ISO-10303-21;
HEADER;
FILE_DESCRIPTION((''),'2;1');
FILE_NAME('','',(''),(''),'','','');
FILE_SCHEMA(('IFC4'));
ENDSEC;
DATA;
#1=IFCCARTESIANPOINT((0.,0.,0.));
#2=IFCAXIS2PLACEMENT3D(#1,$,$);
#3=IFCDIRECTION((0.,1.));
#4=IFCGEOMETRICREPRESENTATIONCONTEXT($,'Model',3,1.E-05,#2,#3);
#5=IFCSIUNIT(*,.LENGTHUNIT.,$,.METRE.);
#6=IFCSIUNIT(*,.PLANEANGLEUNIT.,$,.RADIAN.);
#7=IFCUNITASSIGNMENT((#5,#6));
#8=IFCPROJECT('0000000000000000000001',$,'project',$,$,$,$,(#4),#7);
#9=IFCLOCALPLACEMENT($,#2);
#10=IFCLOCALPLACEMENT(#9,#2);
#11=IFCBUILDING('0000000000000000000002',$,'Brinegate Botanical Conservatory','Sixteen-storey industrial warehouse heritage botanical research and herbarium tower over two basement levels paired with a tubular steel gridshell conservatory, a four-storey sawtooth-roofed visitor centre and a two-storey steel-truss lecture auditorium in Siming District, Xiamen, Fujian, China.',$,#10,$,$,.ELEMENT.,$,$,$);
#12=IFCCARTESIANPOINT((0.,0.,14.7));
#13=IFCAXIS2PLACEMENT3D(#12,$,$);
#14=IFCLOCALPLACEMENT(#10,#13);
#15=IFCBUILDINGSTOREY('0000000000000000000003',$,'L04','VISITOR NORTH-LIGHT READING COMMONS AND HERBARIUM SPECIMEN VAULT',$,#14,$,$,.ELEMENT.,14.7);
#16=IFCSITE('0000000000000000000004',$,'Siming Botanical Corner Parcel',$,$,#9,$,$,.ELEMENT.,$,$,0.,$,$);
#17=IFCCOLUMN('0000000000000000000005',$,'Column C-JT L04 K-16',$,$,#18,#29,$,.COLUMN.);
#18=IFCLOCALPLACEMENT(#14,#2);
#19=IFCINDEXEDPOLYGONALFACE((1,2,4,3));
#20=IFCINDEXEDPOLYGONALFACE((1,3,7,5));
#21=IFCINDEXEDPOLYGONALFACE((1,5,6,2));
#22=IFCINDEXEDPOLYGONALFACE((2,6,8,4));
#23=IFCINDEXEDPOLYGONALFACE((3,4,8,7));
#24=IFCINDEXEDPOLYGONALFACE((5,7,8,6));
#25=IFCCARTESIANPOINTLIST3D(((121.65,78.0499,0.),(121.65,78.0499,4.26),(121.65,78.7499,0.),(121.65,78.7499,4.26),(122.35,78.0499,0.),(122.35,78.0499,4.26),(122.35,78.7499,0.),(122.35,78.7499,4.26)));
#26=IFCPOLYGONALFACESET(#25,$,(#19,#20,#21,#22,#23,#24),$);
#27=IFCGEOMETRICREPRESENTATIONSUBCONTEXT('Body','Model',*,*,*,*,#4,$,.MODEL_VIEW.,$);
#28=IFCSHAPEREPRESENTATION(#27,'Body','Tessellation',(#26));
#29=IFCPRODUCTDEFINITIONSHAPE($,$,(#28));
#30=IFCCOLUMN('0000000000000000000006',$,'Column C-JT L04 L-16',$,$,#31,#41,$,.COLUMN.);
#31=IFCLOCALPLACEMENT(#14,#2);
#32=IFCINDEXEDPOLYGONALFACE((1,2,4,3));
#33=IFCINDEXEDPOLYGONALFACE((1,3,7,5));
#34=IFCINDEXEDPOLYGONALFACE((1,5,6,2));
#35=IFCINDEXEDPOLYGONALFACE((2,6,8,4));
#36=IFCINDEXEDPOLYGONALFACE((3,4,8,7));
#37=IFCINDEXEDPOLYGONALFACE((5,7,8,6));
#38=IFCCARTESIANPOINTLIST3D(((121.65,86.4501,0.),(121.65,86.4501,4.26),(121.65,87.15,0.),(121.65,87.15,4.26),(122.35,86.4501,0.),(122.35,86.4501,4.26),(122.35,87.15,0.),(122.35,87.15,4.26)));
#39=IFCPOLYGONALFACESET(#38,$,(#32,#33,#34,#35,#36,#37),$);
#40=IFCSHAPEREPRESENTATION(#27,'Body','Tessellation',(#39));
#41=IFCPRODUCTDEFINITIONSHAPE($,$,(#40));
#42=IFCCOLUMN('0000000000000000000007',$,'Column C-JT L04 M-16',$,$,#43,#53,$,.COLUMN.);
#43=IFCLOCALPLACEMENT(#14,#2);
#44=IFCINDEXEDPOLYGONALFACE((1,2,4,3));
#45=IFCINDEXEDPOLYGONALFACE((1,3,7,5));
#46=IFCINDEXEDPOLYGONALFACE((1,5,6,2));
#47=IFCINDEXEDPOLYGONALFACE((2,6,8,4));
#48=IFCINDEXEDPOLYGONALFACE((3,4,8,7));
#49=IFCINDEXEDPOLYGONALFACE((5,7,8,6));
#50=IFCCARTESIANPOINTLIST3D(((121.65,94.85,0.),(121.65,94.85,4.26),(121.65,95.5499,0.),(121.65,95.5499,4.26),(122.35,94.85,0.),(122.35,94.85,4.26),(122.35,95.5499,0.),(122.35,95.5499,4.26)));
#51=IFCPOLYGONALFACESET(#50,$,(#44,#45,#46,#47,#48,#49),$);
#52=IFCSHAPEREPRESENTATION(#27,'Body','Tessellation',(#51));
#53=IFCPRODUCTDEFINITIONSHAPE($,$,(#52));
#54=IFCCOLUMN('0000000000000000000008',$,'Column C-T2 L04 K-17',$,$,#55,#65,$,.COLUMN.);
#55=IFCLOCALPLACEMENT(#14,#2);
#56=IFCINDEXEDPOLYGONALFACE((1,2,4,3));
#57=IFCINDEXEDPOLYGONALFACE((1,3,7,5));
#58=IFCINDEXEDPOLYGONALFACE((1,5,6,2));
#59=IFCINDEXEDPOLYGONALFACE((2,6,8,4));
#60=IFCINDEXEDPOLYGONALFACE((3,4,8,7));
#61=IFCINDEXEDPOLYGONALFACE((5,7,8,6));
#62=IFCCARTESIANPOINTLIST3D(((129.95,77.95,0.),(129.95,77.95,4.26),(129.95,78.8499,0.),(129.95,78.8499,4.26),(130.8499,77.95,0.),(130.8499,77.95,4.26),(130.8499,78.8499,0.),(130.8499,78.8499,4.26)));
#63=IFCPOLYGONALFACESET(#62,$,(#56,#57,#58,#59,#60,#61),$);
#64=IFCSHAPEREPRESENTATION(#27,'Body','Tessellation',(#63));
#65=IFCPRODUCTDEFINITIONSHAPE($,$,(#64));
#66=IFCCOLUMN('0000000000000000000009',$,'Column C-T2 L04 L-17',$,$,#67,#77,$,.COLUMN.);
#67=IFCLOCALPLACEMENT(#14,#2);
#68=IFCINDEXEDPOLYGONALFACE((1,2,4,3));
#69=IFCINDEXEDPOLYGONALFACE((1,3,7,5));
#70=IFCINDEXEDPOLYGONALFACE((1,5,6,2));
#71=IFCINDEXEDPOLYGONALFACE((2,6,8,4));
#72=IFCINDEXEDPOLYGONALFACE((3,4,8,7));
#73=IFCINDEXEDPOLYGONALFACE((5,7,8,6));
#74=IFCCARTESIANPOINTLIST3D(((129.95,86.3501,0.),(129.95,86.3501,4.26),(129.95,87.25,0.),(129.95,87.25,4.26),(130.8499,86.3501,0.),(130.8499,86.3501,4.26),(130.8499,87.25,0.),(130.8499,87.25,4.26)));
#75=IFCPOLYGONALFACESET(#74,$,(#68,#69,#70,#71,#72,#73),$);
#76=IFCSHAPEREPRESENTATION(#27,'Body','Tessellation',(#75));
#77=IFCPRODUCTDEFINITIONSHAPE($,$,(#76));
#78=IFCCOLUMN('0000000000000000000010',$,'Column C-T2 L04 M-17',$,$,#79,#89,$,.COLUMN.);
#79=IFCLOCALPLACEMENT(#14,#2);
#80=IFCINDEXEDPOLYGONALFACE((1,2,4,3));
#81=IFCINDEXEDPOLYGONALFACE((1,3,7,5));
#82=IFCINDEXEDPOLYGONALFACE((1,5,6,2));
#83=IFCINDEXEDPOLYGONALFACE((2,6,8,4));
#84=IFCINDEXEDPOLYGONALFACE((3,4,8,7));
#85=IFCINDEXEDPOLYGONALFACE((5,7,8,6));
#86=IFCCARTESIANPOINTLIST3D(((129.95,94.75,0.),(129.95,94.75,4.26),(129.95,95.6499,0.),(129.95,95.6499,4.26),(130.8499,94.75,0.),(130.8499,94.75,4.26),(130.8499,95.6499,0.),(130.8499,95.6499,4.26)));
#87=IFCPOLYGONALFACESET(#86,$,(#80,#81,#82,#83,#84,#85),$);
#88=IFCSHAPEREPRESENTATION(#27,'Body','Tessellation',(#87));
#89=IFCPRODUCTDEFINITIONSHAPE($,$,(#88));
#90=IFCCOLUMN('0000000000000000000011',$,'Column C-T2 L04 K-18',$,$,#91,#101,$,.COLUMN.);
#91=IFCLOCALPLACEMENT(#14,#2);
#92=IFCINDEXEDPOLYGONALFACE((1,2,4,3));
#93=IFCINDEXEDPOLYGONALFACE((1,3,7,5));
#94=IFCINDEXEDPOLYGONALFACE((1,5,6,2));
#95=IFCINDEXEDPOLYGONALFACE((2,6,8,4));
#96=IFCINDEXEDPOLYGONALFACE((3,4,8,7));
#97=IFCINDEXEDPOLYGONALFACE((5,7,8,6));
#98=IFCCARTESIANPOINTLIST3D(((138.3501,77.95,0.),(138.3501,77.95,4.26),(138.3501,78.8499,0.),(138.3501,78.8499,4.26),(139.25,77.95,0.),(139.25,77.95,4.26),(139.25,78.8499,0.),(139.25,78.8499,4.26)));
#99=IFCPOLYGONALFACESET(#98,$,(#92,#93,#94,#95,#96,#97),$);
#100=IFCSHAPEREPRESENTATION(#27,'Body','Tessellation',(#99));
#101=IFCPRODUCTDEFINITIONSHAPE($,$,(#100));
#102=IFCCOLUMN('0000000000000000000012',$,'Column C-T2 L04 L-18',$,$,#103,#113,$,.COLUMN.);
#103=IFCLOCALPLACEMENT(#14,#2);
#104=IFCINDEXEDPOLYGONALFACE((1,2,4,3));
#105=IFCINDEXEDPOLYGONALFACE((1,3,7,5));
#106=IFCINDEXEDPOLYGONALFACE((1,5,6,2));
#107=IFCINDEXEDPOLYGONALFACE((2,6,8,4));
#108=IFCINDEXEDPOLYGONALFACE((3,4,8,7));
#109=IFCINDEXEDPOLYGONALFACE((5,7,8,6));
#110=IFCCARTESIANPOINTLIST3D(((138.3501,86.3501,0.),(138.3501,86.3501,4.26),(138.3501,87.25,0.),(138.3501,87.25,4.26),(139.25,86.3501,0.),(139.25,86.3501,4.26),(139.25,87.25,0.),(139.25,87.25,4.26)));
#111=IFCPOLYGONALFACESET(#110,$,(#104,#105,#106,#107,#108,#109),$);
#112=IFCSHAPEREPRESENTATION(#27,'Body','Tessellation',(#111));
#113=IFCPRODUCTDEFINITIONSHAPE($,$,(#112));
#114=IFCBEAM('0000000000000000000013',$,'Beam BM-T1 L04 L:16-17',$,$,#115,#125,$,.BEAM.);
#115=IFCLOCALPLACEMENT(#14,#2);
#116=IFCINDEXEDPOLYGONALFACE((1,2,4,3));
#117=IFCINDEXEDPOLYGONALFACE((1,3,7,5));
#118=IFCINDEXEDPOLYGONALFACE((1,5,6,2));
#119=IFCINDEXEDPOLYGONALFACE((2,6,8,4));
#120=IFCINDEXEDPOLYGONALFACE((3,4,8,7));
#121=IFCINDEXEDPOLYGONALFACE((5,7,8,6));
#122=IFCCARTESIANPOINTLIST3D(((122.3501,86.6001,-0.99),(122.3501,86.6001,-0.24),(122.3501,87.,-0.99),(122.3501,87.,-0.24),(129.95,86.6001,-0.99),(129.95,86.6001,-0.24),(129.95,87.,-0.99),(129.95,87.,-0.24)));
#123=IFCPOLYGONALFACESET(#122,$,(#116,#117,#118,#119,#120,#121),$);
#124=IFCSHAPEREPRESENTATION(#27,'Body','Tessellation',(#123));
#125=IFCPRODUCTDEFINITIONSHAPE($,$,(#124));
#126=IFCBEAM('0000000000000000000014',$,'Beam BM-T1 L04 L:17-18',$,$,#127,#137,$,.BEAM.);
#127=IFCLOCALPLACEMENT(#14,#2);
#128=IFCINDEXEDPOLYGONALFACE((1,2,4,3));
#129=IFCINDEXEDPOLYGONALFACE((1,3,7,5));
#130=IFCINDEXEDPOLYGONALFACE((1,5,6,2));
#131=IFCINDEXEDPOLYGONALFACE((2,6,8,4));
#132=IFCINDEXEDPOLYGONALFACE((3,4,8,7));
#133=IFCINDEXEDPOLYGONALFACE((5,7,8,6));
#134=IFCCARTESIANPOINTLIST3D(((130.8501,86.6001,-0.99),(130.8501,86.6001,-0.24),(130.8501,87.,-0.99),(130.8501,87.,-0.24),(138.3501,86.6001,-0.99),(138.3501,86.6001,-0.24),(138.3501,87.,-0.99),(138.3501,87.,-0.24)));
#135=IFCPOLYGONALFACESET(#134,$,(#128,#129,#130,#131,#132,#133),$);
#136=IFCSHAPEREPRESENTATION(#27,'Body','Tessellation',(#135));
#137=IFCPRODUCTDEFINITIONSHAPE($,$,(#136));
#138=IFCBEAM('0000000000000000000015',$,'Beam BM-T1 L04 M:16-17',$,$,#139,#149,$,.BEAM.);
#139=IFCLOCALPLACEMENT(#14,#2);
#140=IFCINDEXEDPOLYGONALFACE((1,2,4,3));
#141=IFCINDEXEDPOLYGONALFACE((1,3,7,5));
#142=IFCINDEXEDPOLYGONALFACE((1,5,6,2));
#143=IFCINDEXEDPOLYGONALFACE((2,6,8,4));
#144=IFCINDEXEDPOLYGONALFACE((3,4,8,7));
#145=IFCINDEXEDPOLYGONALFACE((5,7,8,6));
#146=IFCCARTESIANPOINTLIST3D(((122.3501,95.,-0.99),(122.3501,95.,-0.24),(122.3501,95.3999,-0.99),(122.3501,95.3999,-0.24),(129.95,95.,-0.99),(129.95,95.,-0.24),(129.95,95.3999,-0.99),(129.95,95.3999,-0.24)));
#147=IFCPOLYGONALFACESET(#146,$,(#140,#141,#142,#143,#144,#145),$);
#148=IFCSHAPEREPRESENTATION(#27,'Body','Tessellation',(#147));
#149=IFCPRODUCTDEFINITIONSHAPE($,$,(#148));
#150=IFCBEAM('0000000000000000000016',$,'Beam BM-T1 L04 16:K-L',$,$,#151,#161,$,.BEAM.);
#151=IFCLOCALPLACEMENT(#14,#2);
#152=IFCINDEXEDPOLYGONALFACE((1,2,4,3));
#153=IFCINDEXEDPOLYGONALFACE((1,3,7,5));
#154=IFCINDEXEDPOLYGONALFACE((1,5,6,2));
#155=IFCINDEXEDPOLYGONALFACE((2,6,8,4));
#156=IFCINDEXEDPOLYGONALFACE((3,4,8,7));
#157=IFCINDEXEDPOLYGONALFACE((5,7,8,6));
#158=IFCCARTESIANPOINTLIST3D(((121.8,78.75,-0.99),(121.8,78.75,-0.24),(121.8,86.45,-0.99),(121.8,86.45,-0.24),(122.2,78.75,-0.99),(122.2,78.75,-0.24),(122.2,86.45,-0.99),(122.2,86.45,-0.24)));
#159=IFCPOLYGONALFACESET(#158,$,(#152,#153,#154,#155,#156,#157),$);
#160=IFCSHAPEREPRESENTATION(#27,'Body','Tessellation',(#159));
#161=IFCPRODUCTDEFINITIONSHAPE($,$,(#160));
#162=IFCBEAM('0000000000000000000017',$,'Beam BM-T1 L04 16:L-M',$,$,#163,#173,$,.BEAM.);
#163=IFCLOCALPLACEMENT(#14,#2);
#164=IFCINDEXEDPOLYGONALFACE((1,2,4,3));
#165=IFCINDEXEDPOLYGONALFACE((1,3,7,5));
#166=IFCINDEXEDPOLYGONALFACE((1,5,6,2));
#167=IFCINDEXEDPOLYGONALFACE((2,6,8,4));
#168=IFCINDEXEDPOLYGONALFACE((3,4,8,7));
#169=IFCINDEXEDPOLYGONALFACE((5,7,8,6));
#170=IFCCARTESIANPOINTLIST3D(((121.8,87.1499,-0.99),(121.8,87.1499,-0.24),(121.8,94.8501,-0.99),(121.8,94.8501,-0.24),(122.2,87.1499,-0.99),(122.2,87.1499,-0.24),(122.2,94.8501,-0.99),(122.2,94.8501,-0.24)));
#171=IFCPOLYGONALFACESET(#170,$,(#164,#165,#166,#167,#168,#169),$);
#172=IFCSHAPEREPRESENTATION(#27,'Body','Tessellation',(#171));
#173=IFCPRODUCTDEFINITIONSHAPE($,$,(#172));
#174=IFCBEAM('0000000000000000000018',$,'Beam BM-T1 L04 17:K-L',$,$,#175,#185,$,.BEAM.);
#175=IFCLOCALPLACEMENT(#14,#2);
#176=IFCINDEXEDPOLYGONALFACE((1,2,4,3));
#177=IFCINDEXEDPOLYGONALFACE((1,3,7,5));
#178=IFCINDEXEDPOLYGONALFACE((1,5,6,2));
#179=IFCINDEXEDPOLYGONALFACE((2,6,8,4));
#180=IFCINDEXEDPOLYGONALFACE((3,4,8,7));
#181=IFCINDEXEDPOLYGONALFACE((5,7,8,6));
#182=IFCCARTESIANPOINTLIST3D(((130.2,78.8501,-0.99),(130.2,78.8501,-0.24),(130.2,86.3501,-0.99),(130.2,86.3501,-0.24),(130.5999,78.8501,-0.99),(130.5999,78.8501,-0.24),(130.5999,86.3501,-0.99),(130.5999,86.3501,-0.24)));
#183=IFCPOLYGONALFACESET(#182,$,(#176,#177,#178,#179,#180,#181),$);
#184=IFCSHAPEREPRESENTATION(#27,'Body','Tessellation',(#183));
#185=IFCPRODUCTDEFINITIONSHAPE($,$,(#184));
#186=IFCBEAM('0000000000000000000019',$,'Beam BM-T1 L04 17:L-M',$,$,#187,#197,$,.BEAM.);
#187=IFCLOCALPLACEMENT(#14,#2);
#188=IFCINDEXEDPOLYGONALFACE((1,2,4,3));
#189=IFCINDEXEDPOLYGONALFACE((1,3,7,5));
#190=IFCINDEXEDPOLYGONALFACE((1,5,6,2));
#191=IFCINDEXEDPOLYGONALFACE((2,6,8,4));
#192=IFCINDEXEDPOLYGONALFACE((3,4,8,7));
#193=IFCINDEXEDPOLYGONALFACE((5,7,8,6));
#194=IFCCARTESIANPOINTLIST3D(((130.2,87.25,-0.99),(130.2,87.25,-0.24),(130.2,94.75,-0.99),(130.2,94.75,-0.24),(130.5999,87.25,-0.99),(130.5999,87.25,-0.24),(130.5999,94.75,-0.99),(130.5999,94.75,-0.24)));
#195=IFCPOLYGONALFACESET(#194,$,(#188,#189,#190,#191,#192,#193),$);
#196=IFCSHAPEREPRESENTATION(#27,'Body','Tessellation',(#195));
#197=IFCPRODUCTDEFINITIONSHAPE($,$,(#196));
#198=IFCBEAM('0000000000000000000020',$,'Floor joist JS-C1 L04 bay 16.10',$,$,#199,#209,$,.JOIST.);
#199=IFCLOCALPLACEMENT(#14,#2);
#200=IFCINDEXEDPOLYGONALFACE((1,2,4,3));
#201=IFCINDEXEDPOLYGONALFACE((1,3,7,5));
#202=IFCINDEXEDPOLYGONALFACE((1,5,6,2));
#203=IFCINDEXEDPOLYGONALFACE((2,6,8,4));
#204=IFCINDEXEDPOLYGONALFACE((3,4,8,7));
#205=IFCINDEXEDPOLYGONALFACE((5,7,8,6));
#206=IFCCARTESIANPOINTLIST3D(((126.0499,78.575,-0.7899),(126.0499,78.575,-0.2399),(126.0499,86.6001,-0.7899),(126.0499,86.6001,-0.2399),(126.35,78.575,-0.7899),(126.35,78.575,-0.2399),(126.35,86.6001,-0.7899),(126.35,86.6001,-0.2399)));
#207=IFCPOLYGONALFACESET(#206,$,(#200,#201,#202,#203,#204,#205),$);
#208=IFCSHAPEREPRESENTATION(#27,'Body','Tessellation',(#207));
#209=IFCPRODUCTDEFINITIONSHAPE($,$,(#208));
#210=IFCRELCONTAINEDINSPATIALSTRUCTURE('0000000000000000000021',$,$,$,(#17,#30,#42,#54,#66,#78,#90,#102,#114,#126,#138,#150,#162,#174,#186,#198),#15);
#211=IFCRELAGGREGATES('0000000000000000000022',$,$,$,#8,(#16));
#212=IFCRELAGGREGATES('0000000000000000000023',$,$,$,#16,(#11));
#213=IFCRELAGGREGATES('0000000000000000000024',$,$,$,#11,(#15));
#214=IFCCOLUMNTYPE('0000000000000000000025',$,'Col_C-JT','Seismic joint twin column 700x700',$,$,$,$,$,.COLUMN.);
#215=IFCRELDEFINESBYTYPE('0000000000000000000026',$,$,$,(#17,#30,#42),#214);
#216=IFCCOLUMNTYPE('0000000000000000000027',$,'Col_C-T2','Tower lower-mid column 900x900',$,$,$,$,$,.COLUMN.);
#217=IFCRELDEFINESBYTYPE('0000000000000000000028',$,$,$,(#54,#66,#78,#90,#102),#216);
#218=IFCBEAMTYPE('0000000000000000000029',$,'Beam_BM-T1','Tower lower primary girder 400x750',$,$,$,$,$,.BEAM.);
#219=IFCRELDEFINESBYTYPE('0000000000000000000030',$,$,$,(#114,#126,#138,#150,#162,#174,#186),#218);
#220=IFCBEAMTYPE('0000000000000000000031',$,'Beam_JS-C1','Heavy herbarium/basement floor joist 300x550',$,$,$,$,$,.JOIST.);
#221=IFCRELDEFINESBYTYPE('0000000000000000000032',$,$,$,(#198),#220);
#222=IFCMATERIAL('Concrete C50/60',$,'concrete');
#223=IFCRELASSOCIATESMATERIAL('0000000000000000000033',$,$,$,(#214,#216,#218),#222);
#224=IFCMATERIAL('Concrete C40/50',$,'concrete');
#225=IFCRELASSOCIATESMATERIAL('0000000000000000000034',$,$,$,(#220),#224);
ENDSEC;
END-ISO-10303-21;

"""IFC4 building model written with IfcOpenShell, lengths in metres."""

from ifc_helpers import new_model, si_unit, direction, frame, origin, origin_2d, place, context, subcontext, project, spatial, rectangle, extrude, material, material_profile, profile_set, type_object, element, save


model = new_model("IFC4")

# Units and contexts
model_context = context("Model", 3, precision=1e-05, world=origin(), true_north=direction((0.0, 1.0)))
body_context = subcontext(model_context, "Body", "Model", "MODEL_VIEW")
ifc_project = project(units=[si_unit("LENGTHUNIT", "METRE"), si_unit("PLANEANGLEUNIT", "RADIAN")], contexts=[model_context])

# Site, building, storey
site_placement = place(None, origin())
site = spatial("IfcSite", under=ifc_project, at=site_placement, Name="Siming Botanical Corner Parcel", CompositionType="ELEMENT", RefElevation=0.0)
building_placement = place(site_placement, origin())
building = spatial("IfcBuilding", under=site, at=building_placement, Name="Brinegate Botanical Conservatory", Description="Sixteen-storey industrial warehouse heritage botanical research and herbarium tower over two basement levels paired with a tubular steel gridshell conservatory, a four-storey sawtooth-roofed visitor centre and a two-storey steel-truss lecture auditorium in Siming District, Xiamen, Fujian, China.", CompositionType="ELEMENT")
storey_placement = place(building_placement, frame((0.0, 0.0, 14.7)))
storey = spatial("IfcBuildingStorey", under=building, at=storey_placement, Name="L04", Description="VISITOR NORTH-LIGHT READING COMMONS AND HERBARIUM SPECIMEN VAULT", CompositionType="ELEMENT", Elevation=14.7)

# Columns
ifc_material_1 = material(Name="Concrete C50/60", Category="concrete")
ifc_material_profile_1 = material_profile(ifc_material_1, rectangle(XDim=0.7, YDim=0.7, at=origin_2d()), Name="RC COL 700x700")
ifc_profile_set_1 = profile_set([ifc_material_profile_1], Name="Concrete C50/60")
column_type_1 = type_object("IfcColumnType", Name="Col_C-JT", Description="Seismic joint twin column 700x700", PredefinedType="COLUMN", material=ifc_profile_set_1)
for number, where, z_axis, x_axis, name in (
    (1, (122.0, 78.3999, 0.0), (0.0, 0.0, 1.0), (1.0, 0.0, 0.0), "Column C-JT L04 K-16"),
    (2, (122.0, 86.8, 0.0), (0.0, 0.0, 1.0), (1.0, 0.0, 0.0), "Column C-JT L04 L-16"),
    (3, (122.0, 95.2, 0.0), (0.0, 0.0, 1.0), (1.0, 0.0, 0.0), "Column C-JT L04 M-16"),
):
    element("IfcColumn", number, at=place(storey_placement, frame(where, z_axis=z_axis, x_axis=x_axis)), inside=storey, type_object=column_type_1, Name=name, PredefinedType="COLUMN", context=body_context, shape_type="SweptSolid", body=[
        extrude(rectangle(XDim=0.7, YDim=0.7, at=origin_2d()), origin(), (0.0, 0.0, 1.0), 4.26),
    ])
ifc_material_profile_2 = material_profile(ifc_material_1, rectangle(XDim=0.8999, YDim=0.8999, at=origin_2d()), Name="RC COL 900x900")
ifc_profile_set_2 = profile_set([ifc_material_profile_2], Name="Concrete C50/60")
column_type_2 = type_object("IfcColumnType", Name="Col_C-T2", Description="Tower lower-mid column 900x900", PredefinedType="COLUMN", material=ifc_profile_set_2)
for number, where, z_axis, x_axis, name in (
    (4, (130.3999, 78.3999, 0.0), (0.0, 0.0, 1.0), (1.0, 0.0, 0.0), "Column C-T2 L04 K-17"),
    (5, (130.3999, 86.8, 0.0), (0.0, 0.0, 1.0), (1.0, 0.0, 0.0), "Column C-T2 L04 L-17"),
    (6, (130.3999, 95.2, 0.0), (0.0, 0.0, 1.0), (1.0, 0.0, 0.0), "Column C-T2 L04 M-17"),
    (7, (138.8, 78.3999, 0.0), (0.0, 0.0, 1.0), (1.0, 0.0, 0.0), "Column C-T2 L04 K-18"),
    (8, (138.8, 86.8, 0.0), (0.0, 0.0, 1.0), (1.0, 0.0, 0.0), "Column C-T2 L04 L-18"),
):
    element("IfcColumn", number, at=place(storey_placement, frame(where, z_axis=z_axis, x_axis=x_axis)), inside=storey, type_object=column_type_2, Name=name, PredefinedType="COLUMN", context=body_context, shape_type="SweptSolid", body=[
        extrude(rectangle(XDim=0.8999, YDim=0.8999, at=origin_2d()), origin(), (0.0, 0.0, 1.0), 4.26),
    ])

# Beams
ifc_material_profile_3 = material_profile(ifc_material_1, rectangle(XDim=0.3999, YDim=0.75, at=origin_2d()), Name="RC BM 400x750")
ifc_profile_set_3 = profile_set([ifc_material_profile_3], Name="Concrete C50/60")
beam_type_1 = type_object("IfcBeamType", Name="Beam_BM-T1", Description="Tower lower primary girder 400x750", PredefinedType="BEAM", material=ifc_profile_set_3)
beam_1_placement = place(storey_placement, frame((122.3501, 86.8, -0.615), z_axis=(1.0, 0.0, 0.0), x_axis=(0.0, 1.0, 0.0)))
element("IfcBeam", 9, at=beam_1_placement, inside=storey, type_object=beam_type_1, Name="Beam BM-T1 L04 L:16-17", PredefinedType="BEAM", context=body_context, shape_type="SweptSolid", body=[
    extrude(rectangle(XDim=0.3999, YDim=0.75, at=origin_2d()), origin(), (0.0, 0.0, 1.0), 7.5999),
])
beam_2_placement = place(storey_placement, frame((130.8501, 86.8, -0.615), z_axis=(1.0, 0.0, 0.0), x_axis=(0.0, 1.0, 0.0)))
element("IfcBeam", 10, at=beam_2_placement, inside=storey, type_object=beam_type_1, Name="Beam BM-T1 L04 L:17-18", PredefinedType="BEAM", context=body_context, shape_type="SweptSolid", body=[
    extrude(rectangle(XDim=0.3999, YDim=0.75, at=origin_2d()), origin(), (0.0, 0.0, 1.0), 7.5),
])
beam_3_placement = place(storey_placement, frame((122.3501, 95.2, -0.615), z_axis=(1.0, 0.0, 0.0), x_axis=(0.0, 1.0, 0.0)))
element("IfcBeam", 11, at=beam_3_placement, inside=storey, type_object=beam_type_1, Name="Beam BM-T1 L04 M:16-17", PredefinedType="BEAM", context=body_context, shape_type="SweptSolid", body=[
    extrude(rectangle(XDim=0.3999, YDim=0.75, at=origin_2d()), origin(), (0.0, 0.0, 1.0), 7.5999),
])
beam_4_placement = place(storey_placement, frame((122.0, 78.75, -0.615), z_axis=(0.0, 1.0, 0.0), x_axis=(-1.0, 0.0, 0.0)))
element("IfcBeam", 12, at=beam_4_placement, inside=storey, type_object=beam_type_1, Name="Beam BM-T1 L04 16:K-L", PredefinedType="BEAM", context=body_context, shape_type="SweptSolid", body=[
    extrude(rectangle(XDim=0.3999, YDim=0.75, at=origin_2d()), origin(), (0.0, 0.0, 1.0), 7.7),
])
beam_5_placement = place(storey_placement, frame((122.0, 87.1499, -0.615), z_axis=(0.0, 1.0, 0.0), x_axis=(-1.0, 0.0, 0.0)))
element("IfcBeam", 13, at=beam_5_placement, inside=storey, type_object=beam_type_1, Name="Beam BM-T1 L04 16:L-M", PredefinedType="BEAM", context=body_context, shape_type="SweptSolid", body=[
    extrude(rectangle(XDim=0.3999, YDim=0.75, at=origin_2d()), origin(), (0.0, 0.0, 1.0), 7.7002),
])
for number, where, z_axis, x_axis, name in (
    (14, (130.3999, 78.8501, -0.615), (0.0, 1.0, 0.0), (-1.0, 0.0, 0.0), "Beam BM-T1 L04 17:K-L"),
    (15, (130.3999, 87.25, -0.615), (0.0, 1.0, 0.0), (-1.0, 0.0, 0.0), "Beam BM-T1 L04 17:L-M"),
):
    element("IfcBeam", number, at=place(storey_placement, frame(where, z_axis=z_axis, x_axis=x_axis)), inside=storey, type_object=beam_type_1, Name=name, PredefinedType="BEAM", context=body_context, shape_type="SweptSolid", body=[
        extrude(rectangle(XDim=0.3999, YDim=0.75, at=origin_2d()), origin(), (0.0, 0.0, 1.0), 7.5),
    ])
ifc_material_2 = material(Name="Concrete C40/50", Category="concrete")
ifc_material_profile_4 = material_profile(ifc_material_2, rectangle(XDim=0.3, YDim=0.55, at=origin_2d()), Name="RC JST 300x550")
ifc_profile_set_4 = profile_set([ifc_material_profile_4], Name="Concrete C40/50")
beam_type_2 = type_object("IfcBeamType", Name="Beam_JS-C1", Description="Heavy herbarium/basement floor joist 300x550", PredefinedType="JOIST", material=ifc_profile_set_4)
beam_6_placement = place(storey_placement, frame((126.2, 78.575, -0.5149), z_axis=(0.0, 1.0, 0.0), x_axis=(-1.0, 0.0, 0.0)))
element("IfcBeam", 16, at=beam_6_placement, inside=storey, type_object=beam_type_2, Name="Floor joist JS-C1 L04 bay 16.10", PredefinedType="JOIST", context=body_context, shape_type="SweptSolid", body=[
    extrude(rectangle(XDim=0.3, YDim=0.55, at=origin_2d()), origin(), (0.0, 0.0, 1.0), 8.0251),
])

save(model, "model.ifc")
